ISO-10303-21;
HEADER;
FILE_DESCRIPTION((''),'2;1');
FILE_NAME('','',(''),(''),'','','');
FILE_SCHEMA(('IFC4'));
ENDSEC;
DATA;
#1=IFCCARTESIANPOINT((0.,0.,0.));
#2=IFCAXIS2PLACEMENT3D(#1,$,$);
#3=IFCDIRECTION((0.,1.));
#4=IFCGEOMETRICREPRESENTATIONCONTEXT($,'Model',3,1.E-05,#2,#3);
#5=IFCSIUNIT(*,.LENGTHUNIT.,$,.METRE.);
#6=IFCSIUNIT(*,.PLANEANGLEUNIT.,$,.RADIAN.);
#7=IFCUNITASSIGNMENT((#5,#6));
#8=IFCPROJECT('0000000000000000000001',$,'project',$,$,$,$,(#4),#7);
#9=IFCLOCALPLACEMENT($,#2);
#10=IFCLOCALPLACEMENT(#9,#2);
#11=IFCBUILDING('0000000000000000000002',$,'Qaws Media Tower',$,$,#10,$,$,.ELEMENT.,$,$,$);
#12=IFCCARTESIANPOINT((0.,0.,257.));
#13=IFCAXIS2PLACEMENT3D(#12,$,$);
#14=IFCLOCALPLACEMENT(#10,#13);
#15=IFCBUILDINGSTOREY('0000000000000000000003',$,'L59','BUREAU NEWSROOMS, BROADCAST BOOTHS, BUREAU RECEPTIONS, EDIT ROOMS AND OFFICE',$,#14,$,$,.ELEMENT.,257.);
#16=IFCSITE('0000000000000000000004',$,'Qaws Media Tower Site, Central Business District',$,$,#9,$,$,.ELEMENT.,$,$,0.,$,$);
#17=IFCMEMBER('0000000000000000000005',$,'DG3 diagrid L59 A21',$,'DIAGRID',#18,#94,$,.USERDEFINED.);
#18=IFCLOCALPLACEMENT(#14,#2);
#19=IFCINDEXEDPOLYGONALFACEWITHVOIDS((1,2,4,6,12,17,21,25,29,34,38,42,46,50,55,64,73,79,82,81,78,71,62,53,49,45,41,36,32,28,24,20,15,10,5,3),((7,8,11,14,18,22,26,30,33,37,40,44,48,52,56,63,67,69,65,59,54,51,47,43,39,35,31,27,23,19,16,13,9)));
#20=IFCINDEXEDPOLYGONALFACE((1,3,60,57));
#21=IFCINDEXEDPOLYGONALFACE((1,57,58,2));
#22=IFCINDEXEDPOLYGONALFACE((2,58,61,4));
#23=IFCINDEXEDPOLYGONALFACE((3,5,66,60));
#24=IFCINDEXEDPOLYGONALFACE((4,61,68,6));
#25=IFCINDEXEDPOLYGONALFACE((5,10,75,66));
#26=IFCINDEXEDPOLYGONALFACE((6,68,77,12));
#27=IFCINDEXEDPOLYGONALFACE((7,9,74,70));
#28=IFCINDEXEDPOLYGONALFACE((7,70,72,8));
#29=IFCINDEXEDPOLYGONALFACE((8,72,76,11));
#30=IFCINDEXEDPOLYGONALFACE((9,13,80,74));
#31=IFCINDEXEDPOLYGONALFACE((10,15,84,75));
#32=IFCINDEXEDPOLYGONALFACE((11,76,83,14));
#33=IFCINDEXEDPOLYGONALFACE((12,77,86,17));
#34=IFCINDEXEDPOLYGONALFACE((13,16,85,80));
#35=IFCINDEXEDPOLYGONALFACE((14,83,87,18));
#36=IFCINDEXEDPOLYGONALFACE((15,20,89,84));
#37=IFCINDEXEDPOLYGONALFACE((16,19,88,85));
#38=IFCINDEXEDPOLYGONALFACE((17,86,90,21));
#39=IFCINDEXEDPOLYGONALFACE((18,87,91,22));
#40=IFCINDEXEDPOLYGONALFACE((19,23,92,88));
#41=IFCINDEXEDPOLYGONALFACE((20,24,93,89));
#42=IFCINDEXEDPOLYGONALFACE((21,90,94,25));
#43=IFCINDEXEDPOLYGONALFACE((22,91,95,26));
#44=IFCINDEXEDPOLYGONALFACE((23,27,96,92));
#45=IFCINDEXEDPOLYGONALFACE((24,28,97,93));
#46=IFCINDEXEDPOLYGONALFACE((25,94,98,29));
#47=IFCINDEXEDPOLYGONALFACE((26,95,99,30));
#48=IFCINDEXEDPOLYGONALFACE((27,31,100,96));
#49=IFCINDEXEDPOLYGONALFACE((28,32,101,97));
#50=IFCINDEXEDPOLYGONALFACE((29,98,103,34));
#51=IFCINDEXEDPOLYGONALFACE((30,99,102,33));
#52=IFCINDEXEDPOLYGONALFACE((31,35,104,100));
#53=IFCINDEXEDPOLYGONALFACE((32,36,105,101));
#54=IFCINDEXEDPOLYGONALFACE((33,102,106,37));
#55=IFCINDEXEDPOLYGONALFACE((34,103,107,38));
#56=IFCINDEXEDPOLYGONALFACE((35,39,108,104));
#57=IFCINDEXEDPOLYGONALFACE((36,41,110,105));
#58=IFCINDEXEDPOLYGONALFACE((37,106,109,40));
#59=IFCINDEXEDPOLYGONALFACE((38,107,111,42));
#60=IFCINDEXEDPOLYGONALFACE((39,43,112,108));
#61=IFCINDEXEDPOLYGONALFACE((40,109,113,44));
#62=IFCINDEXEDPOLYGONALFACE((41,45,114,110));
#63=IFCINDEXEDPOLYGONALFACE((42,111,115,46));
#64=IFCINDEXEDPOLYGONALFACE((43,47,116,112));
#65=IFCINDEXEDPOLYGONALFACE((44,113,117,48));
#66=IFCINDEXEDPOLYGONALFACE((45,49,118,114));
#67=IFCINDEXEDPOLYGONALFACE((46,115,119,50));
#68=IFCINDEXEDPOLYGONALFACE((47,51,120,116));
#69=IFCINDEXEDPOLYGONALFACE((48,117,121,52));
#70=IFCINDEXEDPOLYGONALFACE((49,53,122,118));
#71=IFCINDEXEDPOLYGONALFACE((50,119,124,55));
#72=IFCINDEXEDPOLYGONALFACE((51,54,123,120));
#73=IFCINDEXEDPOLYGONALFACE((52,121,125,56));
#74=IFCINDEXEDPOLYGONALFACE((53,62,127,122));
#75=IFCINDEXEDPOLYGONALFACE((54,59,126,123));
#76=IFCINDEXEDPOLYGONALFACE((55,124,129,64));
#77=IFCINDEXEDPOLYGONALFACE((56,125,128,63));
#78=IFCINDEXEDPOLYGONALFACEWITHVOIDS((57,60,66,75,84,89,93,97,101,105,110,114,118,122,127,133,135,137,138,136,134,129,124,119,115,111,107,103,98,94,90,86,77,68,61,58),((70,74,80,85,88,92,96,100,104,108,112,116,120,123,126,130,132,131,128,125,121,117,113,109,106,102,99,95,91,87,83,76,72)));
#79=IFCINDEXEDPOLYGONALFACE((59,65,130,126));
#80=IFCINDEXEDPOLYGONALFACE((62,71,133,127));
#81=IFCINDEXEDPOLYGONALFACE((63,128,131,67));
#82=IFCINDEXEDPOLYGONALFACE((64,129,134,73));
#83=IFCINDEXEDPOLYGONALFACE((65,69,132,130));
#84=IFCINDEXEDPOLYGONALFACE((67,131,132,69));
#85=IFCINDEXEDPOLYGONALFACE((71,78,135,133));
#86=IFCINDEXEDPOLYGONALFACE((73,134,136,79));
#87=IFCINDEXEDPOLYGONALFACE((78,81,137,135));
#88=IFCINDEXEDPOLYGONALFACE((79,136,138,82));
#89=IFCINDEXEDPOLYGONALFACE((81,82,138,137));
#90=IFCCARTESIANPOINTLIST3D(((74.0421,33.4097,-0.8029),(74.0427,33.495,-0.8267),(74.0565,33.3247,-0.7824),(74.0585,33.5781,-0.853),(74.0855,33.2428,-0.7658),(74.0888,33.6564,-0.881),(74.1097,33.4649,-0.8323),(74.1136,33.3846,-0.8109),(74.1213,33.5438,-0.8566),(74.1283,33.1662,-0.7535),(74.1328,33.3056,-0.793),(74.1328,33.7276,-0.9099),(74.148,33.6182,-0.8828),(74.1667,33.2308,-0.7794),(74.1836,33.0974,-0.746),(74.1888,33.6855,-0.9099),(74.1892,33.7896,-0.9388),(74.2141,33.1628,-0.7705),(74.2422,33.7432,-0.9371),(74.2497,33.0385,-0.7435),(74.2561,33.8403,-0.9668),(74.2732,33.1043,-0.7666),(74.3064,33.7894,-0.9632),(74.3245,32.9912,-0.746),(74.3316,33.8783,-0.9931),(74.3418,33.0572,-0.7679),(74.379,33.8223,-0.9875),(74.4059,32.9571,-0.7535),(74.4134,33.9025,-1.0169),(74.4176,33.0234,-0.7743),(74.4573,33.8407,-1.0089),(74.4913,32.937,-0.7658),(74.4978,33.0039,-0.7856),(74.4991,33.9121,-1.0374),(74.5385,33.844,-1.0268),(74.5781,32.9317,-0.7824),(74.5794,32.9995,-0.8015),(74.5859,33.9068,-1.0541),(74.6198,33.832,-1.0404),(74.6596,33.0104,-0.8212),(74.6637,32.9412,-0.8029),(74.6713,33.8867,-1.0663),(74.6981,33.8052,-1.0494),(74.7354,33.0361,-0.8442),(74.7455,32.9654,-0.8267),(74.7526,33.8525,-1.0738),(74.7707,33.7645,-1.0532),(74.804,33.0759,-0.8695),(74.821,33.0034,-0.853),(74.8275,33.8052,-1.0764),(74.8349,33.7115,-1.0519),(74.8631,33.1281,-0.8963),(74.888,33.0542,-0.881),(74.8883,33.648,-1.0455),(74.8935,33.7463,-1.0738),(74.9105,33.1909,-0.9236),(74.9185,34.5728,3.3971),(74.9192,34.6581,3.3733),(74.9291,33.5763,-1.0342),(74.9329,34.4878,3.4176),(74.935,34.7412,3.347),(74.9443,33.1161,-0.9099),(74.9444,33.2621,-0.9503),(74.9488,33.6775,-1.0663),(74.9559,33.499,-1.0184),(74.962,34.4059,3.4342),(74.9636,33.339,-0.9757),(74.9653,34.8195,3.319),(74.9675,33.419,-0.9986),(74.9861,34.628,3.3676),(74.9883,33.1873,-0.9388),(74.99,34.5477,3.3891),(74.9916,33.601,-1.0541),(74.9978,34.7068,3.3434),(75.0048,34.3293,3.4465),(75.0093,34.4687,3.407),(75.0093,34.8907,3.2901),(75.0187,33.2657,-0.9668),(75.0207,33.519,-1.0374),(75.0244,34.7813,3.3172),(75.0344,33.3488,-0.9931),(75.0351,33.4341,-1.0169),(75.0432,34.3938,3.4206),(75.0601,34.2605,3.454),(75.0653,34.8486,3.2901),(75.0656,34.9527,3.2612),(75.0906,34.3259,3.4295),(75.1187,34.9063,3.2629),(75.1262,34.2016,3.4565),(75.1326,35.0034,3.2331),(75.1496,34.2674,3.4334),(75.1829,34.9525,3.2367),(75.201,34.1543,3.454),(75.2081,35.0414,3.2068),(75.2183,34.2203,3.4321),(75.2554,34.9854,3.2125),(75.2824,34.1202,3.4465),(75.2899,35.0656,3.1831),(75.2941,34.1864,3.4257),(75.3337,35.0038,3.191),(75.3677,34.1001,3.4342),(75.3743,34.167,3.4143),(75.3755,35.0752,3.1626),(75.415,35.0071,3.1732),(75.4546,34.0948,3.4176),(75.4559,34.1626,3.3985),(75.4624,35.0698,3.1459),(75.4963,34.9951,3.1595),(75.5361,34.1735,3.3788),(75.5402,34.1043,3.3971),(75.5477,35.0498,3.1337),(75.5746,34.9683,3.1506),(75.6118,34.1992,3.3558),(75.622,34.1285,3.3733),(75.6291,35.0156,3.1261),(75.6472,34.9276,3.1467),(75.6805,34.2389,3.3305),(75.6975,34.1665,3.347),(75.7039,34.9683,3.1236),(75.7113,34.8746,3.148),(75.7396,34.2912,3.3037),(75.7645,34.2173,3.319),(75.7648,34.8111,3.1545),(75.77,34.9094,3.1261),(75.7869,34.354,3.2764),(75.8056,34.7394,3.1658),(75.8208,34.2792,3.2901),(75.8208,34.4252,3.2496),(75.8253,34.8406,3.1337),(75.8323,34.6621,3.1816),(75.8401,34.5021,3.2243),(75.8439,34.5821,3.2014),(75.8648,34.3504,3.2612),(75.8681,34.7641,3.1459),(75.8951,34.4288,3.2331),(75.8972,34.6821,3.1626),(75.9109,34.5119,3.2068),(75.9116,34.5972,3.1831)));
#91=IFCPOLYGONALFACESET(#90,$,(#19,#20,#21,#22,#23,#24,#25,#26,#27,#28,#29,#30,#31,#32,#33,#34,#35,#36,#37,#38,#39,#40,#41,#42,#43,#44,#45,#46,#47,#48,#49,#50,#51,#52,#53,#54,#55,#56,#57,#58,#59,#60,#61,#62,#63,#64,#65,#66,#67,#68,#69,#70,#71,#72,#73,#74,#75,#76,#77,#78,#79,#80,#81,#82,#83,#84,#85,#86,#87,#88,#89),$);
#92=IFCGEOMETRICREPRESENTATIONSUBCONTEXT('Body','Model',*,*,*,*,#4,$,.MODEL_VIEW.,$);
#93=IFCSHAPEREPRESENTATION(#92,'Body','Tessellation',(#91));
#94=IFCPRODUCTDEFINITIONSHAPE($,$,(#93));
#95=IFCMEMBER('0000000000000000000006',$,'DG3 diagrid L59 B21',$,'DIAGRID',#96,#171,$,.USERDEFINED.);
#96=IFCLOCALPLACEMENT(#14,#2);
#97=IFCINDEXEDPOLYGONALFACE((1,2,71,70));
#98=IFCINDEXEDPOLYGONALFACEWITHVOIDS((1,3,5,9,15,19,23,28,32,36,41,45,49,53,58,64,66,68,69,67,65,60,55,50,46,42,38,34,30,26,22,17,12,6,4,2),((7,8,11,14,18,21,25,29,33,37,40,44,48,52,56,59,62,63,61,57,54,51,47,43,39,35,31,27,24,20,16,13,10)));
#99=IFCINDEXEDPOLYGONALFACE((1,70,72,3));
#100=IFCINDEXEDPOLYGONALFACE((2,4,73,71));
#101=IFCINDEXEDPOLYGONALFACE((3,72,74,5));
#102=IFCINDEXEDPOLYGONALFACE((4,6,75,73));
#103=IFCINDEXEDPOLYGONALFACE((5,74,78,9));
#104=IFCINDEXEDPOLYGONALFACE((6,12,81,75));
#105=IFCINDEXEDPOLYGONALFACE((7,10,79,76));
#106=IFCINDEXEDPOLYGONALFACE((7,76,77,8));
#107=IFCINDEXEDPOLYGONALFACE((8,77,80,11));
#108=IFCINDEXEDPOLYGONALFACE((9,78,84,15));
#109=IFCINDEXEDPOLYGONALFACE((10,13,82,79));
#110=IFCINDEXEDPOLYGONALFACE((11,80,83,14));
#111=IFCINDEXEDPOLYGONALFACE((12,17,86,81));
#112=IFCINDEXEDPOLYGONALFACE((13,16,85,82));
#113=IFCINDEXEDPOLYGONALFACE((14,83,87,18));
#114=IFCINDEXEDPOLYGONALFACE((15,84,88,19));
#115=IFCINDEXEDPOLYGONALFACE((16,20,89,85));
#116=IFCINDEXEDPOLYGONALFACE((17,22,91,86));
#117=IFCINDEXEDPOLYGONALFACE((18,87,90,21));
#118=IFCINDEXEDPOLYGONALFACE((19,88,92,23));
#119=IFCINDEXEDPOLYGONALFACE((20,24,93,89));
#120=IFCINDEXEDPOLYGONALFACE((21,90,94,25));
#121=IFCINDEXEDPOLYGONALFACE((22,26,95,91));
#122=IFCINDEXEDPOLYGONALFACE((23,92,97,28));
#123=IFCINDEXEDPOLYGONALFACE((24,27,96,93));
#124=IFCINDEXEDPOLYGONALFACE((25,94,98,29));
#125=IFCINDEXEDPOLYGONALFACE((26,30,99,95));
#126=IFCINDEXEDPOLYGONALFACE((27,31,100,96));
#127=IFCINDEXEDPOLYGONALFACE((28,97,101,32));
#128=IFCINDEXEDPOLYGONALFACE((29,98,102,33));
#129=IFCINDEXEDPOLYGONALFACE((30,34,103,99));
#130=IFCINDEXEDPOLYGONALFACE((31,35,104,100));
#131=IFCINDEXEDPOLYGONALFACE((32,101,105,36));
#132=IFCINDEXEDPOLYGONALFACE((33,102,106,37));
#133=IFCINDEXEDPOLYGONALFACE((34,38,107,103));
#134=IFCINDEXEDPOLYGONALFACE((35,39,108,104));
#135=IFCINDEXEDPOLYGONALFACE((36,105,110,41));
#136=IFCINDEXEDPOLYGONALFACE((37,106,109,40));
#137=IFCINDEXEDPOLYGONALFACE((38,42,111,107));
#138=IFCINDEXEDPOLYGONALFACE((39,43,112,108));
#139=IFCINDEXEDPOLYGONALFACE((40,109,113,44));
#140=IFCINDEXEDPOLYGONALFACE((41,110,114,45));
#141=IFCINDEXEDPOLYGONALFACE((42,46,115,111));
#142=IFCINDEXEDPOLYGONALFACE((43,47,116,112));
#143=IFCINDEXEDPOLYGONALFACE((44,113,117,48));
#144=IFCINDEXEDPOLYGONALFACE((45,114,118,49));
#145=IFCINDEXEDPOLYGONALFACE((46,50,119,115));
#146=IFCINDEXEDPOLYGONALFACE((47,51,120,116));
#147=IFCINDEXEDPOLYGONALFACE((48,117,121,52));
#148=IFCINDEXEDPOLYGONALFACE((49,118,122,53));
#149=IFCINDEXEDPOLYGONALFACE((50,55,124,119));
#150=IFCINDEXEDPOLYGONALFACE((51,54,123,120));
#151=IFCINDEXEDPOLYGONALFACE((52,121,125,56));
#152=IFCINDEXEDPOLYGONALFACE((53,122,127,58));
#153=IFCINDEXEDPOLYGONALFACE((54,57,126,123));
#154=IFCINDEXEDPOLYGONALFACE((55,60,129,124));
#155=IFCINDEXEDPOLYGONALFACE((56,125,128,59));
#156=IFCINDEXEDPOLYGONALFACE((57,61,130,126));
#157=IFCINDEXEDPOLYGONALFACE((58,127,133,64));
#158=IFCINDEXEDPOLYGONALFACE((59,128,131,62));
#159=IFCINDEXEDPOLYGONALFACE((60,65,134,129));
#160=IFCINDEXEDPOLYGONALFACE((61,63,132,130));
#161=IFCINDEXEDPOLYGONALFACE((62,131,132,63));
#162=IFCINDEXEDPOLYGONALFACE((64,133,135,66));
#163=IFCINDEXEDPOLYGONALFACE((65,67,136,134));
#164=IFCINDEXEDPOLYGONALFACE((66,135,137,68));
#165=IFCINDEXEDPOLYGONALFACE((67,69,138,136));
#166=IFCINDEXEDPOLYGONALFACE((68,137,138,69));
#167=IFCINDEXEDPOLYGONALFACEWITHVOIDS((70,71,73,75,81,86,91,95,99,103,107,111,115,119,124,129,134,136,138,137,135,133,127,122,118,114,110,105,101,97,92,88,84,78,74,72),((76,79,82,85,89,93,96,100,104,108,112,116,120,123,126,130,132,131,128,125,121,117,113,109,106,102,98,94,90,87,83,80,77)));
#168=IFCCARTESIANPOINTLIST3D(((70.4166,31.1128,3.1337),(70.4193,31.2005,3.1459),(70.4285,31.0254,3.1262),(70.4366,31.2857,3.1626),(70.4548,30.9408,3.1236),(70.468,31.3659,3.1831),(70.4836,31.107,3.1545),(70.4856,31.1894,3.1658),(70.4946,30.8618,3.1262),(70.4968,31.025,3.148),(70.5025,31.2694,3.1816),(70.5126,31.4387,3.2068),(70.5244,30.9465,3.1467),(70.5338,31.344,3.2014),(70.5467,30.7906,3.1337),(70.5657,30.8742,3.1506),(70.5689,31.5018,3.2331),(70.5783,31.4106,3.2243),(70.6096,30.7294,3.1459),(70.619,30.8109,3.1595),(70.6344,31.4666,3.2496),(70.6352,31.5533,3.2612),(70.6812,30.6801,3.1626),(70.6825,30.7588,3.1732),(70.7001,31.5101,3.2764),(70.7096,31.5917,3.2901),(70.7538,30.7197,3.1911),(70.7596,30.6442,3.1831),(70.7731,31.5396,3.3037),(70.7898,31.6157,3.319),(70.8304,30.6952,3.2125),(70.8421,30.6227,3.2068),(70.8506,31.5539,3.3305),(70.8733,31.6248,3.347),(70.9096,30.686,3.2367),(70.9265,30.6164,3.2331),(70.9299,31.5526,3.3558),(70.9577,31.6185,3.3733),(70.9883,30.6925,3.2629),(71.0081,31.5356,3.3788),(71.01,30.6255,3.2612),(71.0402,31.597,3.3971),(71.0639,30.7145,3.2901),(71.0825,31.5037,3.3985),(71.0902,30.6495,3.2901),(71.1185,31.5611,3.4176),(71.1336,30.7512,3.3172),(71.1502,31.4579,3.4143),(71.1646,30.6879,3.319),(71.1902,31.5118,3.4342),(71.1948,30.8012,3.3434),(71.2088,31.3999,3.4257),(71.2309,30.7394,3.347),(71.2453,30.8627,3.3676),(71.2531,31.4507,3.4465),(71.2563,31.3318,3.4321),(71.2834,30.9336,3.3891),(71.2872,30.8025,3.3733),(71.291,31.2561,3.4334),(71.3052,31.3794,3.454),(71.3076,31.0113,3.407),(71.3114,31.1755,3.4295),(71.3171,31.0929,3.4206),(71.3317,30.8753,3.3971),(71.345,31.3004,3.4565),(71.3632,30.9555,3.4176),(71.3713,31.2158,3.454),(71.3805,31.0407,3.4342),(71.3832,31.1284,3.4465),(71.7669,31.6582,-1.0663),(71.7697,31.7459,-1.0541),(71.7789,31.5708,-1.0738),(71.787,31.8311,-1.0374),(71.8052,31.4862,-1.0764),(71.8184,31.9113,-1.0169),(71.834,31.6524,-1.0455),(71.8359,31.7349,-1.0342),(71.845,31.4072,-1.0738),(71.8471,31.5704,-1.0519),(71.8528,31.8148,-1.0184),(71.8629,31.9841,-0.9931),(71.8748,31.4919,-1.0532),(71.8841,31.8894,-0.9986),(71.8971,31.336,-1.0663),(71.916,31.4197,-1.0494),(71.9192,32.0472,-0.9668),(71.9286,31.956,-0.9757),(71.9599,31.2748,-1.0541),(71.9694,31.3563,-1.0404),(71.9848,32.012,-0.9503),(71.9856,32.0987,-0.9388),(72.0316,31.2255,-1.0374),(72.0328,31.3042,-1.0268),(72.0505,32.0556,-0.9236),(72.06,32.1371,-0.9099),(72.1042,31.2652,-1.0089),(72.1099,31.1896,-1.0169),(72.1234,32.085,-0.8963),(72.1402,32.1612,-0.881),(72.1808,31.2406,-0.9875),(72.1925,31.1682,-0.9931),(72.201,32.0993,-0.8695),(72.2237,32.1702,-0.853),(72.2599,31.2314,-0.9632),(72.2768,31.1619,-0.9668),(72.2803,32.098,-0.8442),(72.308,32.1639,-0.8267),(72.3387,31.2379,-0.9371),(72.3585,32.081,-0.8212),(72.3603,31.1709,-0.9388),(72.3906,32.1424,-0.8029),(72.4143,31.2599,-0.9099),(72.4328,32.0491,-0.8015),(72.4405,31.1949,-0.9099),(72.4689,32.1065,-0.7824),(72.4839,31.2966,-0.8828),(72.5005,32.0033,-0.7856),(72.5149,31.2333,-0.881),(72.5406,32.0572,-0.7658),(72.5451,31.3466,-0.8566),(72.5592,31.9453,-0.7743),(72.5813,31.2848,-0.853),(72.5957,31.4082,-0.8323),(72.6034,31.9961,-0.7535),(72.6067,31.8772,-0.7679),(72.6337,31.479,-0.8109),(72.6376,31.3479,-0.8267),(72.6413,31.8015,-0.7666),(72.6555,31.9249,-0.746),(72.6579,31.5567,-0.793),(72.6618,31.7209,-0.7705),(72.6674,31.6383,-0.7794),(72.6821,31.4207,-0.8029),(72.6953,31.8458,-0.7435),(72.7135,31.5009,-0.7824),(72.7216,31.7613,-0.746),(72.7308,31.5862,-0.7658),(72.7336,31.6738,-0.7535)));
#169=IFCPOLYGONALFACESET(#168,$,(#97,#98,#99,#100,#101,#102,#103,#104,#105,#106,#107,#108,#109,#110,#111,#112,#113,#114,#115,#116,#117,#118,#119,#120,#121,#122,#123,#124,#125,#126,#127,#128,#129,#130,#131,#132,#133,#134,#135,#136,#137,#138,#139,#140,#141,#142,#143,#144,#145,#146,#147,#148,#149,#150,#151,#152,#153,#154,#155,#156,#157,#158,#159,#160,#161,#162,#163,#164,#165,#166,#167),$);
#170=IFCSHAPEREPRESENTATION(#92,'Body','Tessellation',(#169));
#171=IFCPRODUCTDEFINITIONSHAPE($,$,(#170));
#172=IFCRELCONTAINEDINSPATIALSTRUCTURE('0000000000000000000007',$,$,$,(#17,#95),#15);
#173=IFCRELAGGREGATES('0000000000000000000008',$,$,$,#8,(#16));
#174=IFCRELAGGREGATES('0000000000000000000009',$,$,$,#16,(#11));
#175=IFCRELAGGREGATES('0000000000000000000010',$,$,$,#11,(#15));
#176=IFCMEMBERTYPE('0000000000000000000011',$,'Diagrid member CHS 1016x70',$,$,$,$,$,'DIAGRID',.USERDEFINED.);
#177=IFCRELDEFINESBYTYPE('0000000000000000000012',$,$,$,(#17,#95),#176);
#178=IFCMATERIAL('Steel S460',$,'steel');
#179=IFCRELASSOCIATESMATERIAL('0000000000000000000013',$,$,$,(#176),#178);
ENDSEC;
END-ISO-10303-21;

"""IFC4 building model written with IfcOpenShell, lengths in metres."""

from ifc_helpers import new_model, si_unit, direction, frame, origin, origin_2d, place, context, subcontext, project, spatial, hollow_circle, extrude, material, material_profile, profile_set, type_object, element, save


model = new_model("IFC4")

# Units and contexts
model_context = context("Model", 3, precision=1e-05, world=origin(), true_north=direction((0.0, 1.0)))
body_context = subcontext(model_context, "Body", "Model", "MODEL_VIEW")
ifc_project = project(units=[si_unit("LENGTHUNIT", "METRE"), si_unit("PLANEANGLEUNIT", "RADIAN")], contexts=[model_context])

# Site, building, storey
site_placement = place(None, origin())
site = spatial("IfcSite", under=ifc_project, at=site_placement, Name="Qaws Media Tower Site, Central Business District", CompositionType="ELEMENT", RefElevation=0.0)
building_placement = place(site_placement, origin())
building = spatial("IfcBuilding", under=site, at=building_placement, Name="Qaws Media Tower", CompositionType="ELEMENT")
storey_placement = place(building_placement, frame((0.0, 0.0, 257.0)))
storey = spatial("IfcBuildingStorey", under=building, at=storey_placement, Name="L59", Description="BUREAU NEWSROOMS, BROADCAST BOOTHS, BUREAU RECEPTIONS, EDIT ROOMS AND OFFICE", CompositionType="ELEMENT", Elevation=257.0)

# Members
ifc_material_1 = material(Name="Steel S460", Category="steel")
ifc_material_profile_1 = material_profile(ifc_material_1, hollow_circle(Radius=0.5081, WallThickness=0.0701, at=origin_2d()), Name="CHS 1016x70")
ifc_profile_set_1 = profile_set([ifc_material_profile_1], Name="Steel S460")
member_type_1 = type_object("IfcMemberType", Name="Diagrid member CHS 1016x70", ElementType="DIAGRID", PredefinedType="USERDEFINED", material=ifc_profile_set_1)
for number, where, z_axis, x_axis, name in (
    (1, (74.5386, 33.4219, -0.9099), (0.197167, 0.261645, 0.944811), (-0.79863, 0.601822, 0.0), "DG3 diagrid L59 A21"),
    (2, (72.2502, 31.666, -0.9099), (-0.30377, -0.122694, 0.944812), (0.37451, -0.927223, 0.0), "DG3 diagrid L59 B21"),
):
    element("IfcMember", number, at=place(storey_placement, frame(where, z_axis=z_axis, x_axis=x_axis)), inside=storey, type_object=member_type_1, Name=name, ObjectType="DIAGRID", PredefinedType="USERDEFINED", context=body_context, shape_type="SweptSolid", body=[
        extrude(hollow_circle(Radius=0.5081, WallThickness=0.0701, at=origin_2d()), origin(), (0.0, 0.0, 1.0), 4.4453),
    ])

save(model, "model.ifc")
